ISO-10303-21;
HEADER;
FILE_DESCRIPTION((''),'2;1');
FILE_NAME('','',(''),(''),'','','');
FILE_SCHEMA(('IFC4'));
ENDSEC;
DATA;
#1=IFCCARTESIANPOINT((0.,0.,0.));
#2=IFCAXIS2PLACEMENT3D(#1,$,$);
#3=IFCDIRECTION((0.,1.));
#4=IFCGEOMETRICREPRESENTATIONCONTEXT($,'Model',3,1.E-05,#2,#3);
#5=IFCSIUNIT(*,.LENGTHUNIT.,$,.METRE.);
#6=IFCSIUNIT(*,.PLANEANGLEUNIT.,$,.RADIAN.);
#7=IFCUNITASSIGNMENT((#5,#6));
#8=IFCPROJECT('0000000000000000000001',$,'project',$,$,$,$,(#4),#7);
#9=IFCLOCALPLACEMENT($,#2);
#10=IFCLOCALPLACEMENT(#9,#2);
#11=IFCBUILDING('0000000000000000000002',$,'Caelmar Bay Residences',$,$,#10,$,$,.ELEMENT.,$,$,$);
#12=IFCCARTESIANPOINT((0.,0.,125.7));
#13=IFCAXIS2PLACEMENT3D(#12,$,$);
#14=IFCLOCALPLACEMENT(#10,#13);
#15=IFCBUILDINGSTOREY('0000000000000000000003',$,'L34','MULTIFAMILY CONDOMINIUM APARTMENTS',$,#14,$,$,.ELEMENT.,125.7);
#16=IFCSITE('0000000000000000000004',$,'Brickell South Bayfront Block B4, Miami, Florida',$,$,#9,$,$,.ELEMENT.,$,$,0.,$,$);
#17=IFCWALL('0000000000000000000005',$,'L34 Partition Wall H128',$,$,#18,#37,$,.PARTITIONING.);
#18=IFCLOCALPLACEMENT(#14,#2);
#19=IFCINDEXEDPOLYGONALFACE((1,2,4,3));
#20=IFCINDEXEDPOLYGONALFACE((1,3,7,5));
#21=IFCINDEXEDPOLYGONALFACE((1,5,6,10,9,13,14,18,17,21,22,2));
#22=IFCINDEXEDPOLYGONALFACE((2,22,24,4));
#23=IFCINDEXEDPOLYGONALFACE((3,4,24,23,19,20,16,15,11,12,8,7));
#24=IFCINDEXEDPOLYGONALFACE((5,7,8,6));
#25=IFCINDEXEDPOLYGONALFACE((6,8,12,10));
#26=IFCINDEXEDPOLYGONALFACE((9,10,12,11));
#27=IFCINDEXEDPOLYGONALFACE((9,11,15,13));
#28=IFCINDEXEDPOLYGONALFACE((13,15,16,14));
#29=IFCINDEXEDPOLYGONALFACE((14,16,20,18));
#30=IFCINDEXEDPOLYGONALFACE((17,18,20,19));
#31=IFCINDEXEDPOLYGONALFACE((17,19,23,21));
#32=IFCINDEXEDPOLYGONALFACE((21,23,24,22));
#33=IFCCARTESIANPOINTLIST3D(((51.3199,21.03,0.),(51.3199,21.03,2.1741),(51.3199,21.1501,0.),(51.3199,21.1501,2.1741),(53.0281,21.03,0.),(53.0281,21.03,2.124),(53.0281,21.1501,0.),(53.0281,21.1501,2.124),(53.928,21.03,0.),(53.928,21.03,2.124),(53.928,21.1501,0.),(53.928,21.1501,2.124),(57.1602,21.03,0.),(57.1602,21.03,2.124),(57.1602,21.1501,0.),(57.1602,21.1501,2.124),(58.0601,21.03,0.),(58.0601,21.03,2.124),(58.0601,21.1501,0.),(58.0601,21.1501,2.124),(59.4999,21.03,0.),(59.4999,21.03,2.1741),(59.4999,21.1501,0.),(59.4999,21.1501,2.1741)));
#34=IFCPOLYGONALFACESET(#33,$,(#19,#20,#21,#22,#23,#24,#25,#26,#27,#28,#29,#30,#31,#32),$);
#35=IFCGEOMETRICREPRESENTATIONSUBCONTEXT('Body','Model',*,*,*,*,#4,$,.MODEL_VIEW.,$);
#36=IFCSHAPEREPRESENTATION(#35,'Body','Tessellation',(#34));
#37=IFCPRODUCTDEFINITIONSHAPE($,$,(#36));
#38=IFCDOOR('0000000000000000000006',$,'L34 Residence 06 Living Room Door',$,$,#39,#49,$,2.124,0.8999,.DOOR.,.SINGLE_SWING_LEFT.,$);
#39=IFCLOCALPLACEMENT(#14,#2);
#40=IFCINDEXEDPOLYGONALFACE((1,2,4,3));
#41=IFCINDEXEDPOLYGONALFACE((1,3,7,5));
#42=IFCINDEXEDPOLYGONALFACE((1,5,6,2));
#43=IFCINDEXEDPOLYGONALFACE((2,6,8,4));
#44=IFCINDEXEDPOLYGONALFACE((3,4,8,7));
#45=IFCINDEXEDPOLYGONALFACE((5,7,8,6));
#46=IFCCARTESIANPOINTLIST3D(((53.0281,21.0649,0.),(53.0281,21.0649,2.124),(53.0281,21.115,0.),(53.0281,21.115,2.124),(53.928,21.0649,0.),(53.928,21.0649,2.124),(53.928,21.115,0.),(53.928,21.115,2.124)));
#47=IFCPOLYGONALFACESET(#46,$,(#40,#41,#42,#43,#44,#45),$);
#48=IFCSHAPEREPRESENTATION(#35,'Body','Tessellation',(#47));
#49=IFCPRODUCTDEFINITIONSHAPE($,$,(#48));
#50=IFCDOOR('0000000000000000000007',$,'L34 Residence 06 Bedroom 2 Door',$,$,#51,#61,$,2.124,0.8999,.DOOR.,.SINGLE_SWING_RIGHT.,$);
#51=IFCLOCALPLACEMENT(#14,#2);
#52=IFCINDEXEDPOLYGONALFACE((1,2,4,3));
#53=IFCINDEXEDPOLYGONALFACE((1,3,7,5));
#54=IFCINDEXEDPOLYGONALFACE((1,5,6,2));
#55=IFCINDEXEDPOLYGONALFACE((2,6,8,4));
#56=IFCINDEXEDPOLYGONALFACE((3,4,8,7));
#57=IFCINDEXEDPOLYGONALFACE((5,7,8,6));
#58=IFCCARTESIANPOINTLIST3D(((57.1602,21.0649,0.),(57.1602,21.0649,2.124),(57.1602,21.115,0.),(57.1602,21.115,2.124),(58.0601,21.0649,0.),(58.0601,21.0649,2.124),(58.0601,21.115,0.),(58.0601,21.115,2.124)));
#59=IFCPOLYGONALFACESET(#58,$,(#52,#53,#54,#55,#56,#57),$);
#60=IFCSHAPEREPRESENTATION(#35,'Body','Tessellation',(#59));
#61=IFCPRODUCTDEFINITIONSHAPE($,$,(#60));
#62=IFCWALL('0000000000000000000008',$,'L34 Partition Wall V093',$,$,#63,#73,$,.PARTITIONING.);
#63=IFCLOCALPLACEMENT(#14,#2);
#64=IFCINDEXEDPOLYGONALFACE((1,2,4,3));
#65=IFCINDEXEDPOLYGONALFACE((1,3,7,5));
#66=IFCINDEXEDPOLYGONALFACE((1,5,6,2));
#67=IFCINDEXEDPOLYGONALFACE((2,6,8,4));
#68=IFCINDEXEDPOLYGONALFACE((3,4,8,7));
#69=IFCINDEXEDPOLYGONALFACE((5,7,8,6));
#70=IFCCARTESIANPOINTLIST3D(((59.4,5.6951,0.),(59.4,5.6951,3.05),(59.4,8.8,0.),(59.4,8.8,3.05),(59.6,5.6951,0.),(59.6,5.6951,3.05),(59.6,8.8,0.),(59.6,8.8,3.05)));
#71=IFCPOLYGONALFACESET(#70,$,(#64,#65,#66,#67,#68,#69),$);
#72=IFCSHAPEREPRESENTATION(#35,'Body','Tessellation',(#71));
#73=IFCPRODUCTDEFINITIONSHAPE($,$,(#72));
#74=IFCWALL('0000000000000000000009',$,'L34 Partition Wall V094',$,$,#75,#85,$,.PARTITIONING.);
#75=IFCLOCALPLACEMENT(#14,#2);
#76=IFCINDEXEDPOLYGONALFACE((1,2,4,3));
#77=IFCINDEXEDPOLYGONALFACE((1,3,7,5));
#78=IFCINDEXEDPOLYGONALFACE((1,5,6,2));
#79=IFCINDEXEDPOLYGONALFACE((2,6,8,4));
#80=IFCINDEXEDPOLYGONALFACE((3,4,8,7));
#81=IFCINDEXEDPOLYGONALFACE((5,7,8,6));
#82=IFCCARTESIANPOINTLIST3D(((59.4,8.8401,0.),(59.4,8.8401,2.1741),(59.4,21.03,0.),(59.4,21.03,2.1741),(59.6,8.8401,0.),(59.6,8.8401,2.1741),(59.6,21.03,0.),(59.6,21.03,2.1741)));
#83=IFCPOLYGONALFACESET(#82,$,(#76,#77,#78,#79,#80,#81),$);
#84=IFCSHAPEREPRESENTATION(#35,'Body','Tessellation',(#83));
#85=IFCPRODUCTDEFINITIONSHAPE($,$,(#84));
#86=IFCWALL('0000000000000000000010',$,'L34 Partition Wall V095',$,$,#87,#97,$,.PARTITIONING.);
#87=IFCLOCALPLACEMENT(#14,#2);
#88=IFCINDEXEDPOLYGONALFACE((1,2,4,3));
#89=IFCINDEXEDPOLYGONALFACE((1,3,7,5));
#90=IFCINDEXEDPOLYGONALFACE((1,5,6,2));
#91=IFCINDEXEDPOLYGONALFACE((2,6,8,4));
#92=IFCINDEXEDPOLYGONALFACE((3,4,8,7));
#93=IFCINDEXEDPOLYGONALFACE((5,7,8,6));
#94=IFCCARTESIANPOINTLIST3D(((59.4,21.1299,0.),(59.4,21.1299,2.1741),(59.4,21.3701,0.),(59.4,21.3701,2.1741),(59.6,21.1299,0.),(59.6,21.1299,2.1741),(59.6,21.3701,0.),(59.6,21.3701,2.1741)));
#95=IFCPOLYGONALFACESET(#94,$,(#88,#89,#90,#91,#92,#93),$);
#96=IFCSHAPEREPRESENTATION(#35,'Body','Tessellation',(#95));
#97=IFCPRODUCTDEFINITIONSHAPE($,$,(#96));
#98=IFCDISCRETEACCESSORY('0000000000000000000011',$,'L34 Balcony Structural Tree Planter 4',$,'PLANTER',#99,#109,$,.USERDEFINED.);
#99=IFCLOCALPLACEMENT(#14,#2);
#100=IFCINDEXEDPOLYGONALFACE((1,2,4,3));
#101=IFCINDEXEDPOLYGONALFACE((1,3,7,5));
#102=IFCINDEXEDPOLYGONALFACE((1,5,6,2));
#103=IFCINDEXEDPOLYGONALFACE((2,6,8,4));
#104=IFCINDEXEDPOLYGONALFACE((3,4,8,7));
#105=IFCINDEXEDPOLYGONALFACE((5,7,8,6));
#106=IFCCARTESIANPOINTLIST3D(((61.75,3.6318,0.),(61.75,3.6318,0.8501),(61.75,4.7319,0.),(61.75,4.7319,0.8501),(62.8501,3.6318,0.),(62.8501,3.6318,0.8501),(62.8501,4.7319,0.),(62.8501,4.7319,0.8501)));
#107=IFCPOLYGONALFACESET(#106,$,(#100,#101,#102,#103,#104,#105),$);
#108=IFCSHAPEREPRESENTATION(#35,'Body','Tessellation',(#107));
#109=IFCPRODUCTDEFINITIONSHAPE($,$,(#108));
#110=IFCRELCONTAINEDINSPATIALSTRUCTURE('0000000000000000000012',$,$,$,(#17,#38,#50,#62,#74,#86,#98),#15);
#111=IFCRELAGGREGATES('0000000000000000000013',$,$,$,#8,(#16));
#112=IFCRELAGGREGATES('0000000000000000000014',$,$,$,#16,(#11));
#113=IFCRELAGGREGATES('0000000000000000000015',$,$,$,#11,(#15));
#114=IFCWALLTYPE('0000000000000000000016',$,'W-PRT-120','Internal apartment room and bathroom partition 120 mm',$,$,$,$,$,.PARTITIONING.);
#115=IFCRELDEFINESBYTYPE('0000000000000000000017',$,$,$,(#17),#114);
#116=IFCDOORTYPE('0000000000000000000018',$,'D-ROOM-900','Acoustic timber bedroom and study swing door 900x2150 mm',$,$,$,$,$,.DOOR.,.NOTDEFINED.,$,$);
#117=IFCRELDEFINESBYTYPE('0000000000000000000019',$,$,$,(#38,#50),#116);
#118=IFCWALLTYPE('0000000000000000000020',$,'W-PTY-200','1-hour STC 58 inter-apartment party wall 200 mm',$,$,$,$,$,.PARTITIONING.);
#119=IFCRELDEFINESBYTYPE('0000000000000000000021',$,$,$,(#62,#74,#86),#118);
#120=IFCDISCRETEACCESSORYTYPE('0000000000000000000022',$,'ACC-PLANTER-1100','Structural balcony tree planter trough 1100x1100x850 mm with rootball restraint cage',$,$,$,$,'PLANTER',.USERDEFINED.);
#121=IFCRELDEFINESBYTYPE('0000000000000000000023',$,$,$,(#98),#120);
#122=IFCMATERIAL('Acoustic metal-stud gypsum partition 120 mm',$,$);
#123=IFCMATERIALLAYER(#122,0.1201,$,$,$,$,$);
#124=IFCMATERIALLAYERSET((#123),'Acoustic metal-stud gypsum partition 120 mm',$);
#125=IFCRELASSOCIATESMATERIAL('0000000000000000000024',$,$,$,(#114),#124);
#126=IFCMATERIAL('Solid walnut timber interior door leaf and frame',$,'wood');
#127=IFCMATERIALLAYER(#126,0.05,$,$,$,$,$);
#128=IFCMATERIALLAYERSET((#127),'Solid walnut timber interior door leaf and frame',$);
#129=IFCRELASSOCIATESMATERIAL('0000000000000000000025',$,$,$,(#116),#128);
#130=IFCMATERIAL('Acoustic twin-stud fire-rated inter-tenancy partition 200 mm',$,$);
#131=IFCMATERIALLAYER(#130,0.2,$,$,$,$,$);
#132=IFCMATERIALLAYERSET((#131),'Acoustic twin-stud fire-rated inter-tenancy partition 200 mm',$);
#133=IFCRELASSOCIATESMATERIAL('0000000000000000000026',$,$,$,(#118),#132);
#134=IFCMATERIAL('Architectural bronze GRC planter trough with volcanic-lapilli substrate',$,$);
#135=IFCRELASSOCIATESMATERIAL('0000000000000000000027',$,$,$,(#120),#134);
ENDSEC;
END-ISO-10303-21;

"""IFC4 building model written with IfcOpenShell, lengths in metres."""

from ifc_helpers import new_model, si_unit, direction, frame, frame_2d, origin, origin_2d, place, context, subcontext, project, spatial, rectangle, extrude, material, layer, layer_set, type_object, element, fill, save


model = new_model("IFC4")

# Units and contexts
model_context = context("Model", 3, precision=1e-05, world=origin(), true_north=direction((0.0, 1.0)))
body_context = subcontext(model_context, "Body", "Model", "MODEL_VIEW")
ifc_project = project(units=[si_unit("LENGTHUNIT", "METRE"), si_unit("PLANEANGLEUNIT", "RADIAN")], contexts=[model_context])

# Site, building, storey
site_placement = place(None, origin())
site = spatial("IfcSite", under=ifc_project, at=site_placement, Name="Brickell South Bayfront Block B4, Miami, Florida", CompositionType="ELEMENT", RefElevation=0.0)
building_placement = place(site_placement, origin())
building = spatial("IfcBuilding", under=site, at=building_placement, Name="Caelmar Bay Residences", CompositionType="ELEMENT")
storey_placement = place(building_placement, frame((0.0, 0.0, 125.7)))
storey = spatial("IfcBuildingStorey", under=building, at=storey_placement, Name="L34", Description="MULTIFAMILY CONDOMINIUM APARTMENTS", CompositionType="ELEMENT", Elevation=125.7)

# Shared definitions
ifc_material_1 = material(Name="Acoustic metal-stud gypsum partition 120 mm")
ifc_layer_1 = layer(ifc_material_1, 0.1201)
ifc_layer_set_1 = layer_set([ifc_layer_1], Name="Acoustic metal-stud gypsum partition 120 mm")
wall_type_1 = type_object("IfcWallType", Name="W-PRT-120", Description="Internal apartment room and bathroom partition 120 mm", PredefinedType="PARTITIONING", material=ifc_layer_set_1)

# Shared definitions
ifc_material_2 = material(Name="Solid walnut timber interior door leaf and frame", Category="wood")
ifc_layer_2 = layer(ifc_material_2, 0.05)
ifc_layer_set_2 = layer_set([ifc_layer_2], Name="Solid walnut timber interior door leaf and frame")
door_type = type_object("IfcDoorType", Name="D-ROOM-900", Description="Acoustic timber bedroom and study swing door 900x2150 mm", OperationType="NOTDEFINED", PredefinedType="DOOR", material=ifc_layer_set_2)

# Wall, openings, doors
wall_1_placement = place(storey_placement, frame((51.3201, 21.0901, 0.0), z_axis=(0.0, 0.0, 1.0), x_axis=(1.0, 0.0, 0.0)))
wall_1 = element("IfcWall", 1, at=wall_1_placement, inside=storey, type_object=wall_type_1, Name="L34 Partition Wall H128", PredefinedType="PARTITIONING", context=body_context, shape_type="SweptSolid", body=[
    extrude(rectangle(XDim=8.1799, YDim=0.1201, at=frame_2d((4.0898, 0.0))), origin(), (0.0, 0.0, 1.0), 2.1741),
])
opening_1_placement = place(wall_1_placement, frame((1.708, 0.0, 0.0)))
opening_1 = element("IfcOpeningElement", 2, at=opening_1_placement, cuts=wall_1, PredefinedType="OPENING", context=body_context, shape_type="SweptSolid", body=[
    extrude(rectangle(XDim=0.8999, YDim=2.124, at=frame_2d((0.45, 1.062))), frame((0.0, 0.0701, 0.0), z_axis=(0.0, -1.0, 0.0), x_axis=(1.0, 0.0, 0.0)), (0.0, 0.0, 1.0), 0.1401),
])
opening_2_placement = place(wall_1_placement, frame((5.8401, 0.0, 0.0)))
opening_2 = element("IfcOpeningElement", 3, at=opening_2_placement, cuts=wall_1, PredefinedType="OPENING", context=body_context, shape_type="SweptSolid", body=[
    extrude(rectangle(XDim=0.8999, YDim=2.124, at=frame_2d((0.45, 1.062))), frame((0.0, 0.0701, 0.0), z_axis=(0.0, -1.0, 0.0), x_axis=(1.0, 0.0, 0.0)), (0.0, 0.0, 1.0), 0.1401),
])
door_1_placement = place(opening_1_placement, origin())
door_1 = element("IfcDoor", 4, at=door_1_placement, inside=storey, type_object=door_type, Name="L34 Residence 06 Living Room Door", OperationType="SINGLE_SWING_LEFT", OverallHeight=2.124, OverallWidth=0.8999, PredefinedType="DOOR", context=body_context, shape_type="SweptSolid", body=[
    extrude(rectangle(XDim=0.8999, YDim=2.124, at=frame_2d((0.45, 1.062))), frame((0.0, 0.0249, 0.0), z_axis=(0.0, -1.0, 0.0), x_axis=(1.0, 0.0, 0.0)), (0.0, 0.0, 1.0), 0.05),
])
fill(opening_1, door_1)
door_2_placement = place(opening_2_placement, origin())
door_2 = element("IfcDoor", 5, at=door_2_placement, inside=storey, type_object=door_type, Name="L34 Residence 06 Bedroom 2 Door", OperationType="SINGLE_SWING_RIGHT", OverallHeight=2.124, OverallWidth=0.8999, PredefinedType="DOOR", context=body_context, shape_type="SweptSolid", body=[
    extrude(rectangle(XDim=0.8999, YDim=2.124, at=frame_2d((0.45, 1.062))), frame((0.0, 0.0249, 0.0), z_axis=(0.0, -1.0, 0.0), x_axis=(1.0, 0.0, 0.0)), (0.0, 0.0, 1.0), 0.05),
])
fill(opening_2, door_2)

# Walls
ifc_material_3 = material(Name="Acoustic twin-stud fire-rated inter-tenancy partition 200 mm")
ifc_layer_3 = layer(ifc_material_3, 0.2)
ifc_layer_set_3 = layer_set([ifc_layer_3], Name="Acoustic twin-stud fire-rated inter-tenancy partition 200 mm")
wall_type_2 = type_object("IfcWallType", Name="W-PTY-200", Description="1-hour STC 58 inter-apartment party wall 200 mm", PredefinedType="PARTITIONING", material=ifc_layer_set_3)
wall_2_placement = place(storey_placement, frame((59.5, 5.6951, 0.0), z_axis=(0.0, 0.0, 1.0), x_axis=(0.0, 1.0, 0.0)))
element("IfcWall", 6, at=wall_2_placement, inside=storey, type_object=wall_type_2, Name="L34 Partition Wall V093", PredefinedType="PARTITIONING", context=body_context, shape_type="SweptSolid", body=[
    extrude(rectangle(XDim=3.105, YDim=0.2, at=frame_2d((1.5525, 0.0))), origin(), (0.0, 0.0, 1.0), 3.05),
])
wall_3_placement = place(storey_placement, frame((59.5, 8.8401, 0.0), z_axis=(0.0, 0.0, 1.0), x_axis=(0.0, 1.0, 0.0)))
element("IfcWall", 7, at=wall_3_placement, inside=storey, type_object=wall_type_2, Name="L34 Partition Wall V094", PredefinedType="PARTITIONING", context=body_context, shape_type="SweptSolid", body=[
    extrude(rectangle(XDim=12.1899, YDim=0.2, at=frame_2d((6.095, 0.0))), origin(), (0.0, 0.0, 1.0), 2.1741),
])
wall_4_placement = place(storey_placement, frame((59.5, 21.1299, 0.0), z_axis=(0.0, 0.0, 1.0), x_axis=(0.0, 1.0, 0.0)))
element("IfcWall", 8, at=wall_4_placement, inside=storey, type_object=wall_type_2, Name="L34 Partition Wall V095", PredefinedType="PARTITIONING", context=body_context, shape_type="SweptSolid", body=[
    extrude(rectangle(XDim=0.2402, YDim=0.2, at=frame_2d((0.1201, 0.0))), origin(), (0.0, 0.0, 1.0), 2.1741),
])

# Discrete accessory
ifc_material_4 = material(Name="Architectural bronze GRC planter trough with volcanic-lapilli substrate")
discrete_accessory_type = type_object("IfcDiscreteAccessoryType", Name="ACC-PLANTER-1100", Description="Structural balcony tree planter trough 1100x1100x850 mm with rootball restraint cage", ElementType="PLANTER", PredefinedType="USERDEFINED", material=ifc_material_4)
discrete_accessory_placement = place(storey_placement, frame((62.3, 4.1819, 0.0), z_axis=(0.0, 0.0, 1.0), x_axis=(1.0, 0.0, 0.0)))
element("IfcDiscreteAccessory", 9, at=discrete_accessory_placement, inside=storey, type_object=discrete_accessory_type, Name="L34 Balcony Structural Tree Planter 4", ObjectType="PLANTER", PredefinedType="USERDEFINED", context=body_context, shape_type="SweptSolid", body=[
    extrude(rectangle(XDim=1.1001, YDim=1.1001, at=origin_2d()), origin(), (0.0, 0.0, 1.0), 0.8501),
])

save(model, "model.ifc")
